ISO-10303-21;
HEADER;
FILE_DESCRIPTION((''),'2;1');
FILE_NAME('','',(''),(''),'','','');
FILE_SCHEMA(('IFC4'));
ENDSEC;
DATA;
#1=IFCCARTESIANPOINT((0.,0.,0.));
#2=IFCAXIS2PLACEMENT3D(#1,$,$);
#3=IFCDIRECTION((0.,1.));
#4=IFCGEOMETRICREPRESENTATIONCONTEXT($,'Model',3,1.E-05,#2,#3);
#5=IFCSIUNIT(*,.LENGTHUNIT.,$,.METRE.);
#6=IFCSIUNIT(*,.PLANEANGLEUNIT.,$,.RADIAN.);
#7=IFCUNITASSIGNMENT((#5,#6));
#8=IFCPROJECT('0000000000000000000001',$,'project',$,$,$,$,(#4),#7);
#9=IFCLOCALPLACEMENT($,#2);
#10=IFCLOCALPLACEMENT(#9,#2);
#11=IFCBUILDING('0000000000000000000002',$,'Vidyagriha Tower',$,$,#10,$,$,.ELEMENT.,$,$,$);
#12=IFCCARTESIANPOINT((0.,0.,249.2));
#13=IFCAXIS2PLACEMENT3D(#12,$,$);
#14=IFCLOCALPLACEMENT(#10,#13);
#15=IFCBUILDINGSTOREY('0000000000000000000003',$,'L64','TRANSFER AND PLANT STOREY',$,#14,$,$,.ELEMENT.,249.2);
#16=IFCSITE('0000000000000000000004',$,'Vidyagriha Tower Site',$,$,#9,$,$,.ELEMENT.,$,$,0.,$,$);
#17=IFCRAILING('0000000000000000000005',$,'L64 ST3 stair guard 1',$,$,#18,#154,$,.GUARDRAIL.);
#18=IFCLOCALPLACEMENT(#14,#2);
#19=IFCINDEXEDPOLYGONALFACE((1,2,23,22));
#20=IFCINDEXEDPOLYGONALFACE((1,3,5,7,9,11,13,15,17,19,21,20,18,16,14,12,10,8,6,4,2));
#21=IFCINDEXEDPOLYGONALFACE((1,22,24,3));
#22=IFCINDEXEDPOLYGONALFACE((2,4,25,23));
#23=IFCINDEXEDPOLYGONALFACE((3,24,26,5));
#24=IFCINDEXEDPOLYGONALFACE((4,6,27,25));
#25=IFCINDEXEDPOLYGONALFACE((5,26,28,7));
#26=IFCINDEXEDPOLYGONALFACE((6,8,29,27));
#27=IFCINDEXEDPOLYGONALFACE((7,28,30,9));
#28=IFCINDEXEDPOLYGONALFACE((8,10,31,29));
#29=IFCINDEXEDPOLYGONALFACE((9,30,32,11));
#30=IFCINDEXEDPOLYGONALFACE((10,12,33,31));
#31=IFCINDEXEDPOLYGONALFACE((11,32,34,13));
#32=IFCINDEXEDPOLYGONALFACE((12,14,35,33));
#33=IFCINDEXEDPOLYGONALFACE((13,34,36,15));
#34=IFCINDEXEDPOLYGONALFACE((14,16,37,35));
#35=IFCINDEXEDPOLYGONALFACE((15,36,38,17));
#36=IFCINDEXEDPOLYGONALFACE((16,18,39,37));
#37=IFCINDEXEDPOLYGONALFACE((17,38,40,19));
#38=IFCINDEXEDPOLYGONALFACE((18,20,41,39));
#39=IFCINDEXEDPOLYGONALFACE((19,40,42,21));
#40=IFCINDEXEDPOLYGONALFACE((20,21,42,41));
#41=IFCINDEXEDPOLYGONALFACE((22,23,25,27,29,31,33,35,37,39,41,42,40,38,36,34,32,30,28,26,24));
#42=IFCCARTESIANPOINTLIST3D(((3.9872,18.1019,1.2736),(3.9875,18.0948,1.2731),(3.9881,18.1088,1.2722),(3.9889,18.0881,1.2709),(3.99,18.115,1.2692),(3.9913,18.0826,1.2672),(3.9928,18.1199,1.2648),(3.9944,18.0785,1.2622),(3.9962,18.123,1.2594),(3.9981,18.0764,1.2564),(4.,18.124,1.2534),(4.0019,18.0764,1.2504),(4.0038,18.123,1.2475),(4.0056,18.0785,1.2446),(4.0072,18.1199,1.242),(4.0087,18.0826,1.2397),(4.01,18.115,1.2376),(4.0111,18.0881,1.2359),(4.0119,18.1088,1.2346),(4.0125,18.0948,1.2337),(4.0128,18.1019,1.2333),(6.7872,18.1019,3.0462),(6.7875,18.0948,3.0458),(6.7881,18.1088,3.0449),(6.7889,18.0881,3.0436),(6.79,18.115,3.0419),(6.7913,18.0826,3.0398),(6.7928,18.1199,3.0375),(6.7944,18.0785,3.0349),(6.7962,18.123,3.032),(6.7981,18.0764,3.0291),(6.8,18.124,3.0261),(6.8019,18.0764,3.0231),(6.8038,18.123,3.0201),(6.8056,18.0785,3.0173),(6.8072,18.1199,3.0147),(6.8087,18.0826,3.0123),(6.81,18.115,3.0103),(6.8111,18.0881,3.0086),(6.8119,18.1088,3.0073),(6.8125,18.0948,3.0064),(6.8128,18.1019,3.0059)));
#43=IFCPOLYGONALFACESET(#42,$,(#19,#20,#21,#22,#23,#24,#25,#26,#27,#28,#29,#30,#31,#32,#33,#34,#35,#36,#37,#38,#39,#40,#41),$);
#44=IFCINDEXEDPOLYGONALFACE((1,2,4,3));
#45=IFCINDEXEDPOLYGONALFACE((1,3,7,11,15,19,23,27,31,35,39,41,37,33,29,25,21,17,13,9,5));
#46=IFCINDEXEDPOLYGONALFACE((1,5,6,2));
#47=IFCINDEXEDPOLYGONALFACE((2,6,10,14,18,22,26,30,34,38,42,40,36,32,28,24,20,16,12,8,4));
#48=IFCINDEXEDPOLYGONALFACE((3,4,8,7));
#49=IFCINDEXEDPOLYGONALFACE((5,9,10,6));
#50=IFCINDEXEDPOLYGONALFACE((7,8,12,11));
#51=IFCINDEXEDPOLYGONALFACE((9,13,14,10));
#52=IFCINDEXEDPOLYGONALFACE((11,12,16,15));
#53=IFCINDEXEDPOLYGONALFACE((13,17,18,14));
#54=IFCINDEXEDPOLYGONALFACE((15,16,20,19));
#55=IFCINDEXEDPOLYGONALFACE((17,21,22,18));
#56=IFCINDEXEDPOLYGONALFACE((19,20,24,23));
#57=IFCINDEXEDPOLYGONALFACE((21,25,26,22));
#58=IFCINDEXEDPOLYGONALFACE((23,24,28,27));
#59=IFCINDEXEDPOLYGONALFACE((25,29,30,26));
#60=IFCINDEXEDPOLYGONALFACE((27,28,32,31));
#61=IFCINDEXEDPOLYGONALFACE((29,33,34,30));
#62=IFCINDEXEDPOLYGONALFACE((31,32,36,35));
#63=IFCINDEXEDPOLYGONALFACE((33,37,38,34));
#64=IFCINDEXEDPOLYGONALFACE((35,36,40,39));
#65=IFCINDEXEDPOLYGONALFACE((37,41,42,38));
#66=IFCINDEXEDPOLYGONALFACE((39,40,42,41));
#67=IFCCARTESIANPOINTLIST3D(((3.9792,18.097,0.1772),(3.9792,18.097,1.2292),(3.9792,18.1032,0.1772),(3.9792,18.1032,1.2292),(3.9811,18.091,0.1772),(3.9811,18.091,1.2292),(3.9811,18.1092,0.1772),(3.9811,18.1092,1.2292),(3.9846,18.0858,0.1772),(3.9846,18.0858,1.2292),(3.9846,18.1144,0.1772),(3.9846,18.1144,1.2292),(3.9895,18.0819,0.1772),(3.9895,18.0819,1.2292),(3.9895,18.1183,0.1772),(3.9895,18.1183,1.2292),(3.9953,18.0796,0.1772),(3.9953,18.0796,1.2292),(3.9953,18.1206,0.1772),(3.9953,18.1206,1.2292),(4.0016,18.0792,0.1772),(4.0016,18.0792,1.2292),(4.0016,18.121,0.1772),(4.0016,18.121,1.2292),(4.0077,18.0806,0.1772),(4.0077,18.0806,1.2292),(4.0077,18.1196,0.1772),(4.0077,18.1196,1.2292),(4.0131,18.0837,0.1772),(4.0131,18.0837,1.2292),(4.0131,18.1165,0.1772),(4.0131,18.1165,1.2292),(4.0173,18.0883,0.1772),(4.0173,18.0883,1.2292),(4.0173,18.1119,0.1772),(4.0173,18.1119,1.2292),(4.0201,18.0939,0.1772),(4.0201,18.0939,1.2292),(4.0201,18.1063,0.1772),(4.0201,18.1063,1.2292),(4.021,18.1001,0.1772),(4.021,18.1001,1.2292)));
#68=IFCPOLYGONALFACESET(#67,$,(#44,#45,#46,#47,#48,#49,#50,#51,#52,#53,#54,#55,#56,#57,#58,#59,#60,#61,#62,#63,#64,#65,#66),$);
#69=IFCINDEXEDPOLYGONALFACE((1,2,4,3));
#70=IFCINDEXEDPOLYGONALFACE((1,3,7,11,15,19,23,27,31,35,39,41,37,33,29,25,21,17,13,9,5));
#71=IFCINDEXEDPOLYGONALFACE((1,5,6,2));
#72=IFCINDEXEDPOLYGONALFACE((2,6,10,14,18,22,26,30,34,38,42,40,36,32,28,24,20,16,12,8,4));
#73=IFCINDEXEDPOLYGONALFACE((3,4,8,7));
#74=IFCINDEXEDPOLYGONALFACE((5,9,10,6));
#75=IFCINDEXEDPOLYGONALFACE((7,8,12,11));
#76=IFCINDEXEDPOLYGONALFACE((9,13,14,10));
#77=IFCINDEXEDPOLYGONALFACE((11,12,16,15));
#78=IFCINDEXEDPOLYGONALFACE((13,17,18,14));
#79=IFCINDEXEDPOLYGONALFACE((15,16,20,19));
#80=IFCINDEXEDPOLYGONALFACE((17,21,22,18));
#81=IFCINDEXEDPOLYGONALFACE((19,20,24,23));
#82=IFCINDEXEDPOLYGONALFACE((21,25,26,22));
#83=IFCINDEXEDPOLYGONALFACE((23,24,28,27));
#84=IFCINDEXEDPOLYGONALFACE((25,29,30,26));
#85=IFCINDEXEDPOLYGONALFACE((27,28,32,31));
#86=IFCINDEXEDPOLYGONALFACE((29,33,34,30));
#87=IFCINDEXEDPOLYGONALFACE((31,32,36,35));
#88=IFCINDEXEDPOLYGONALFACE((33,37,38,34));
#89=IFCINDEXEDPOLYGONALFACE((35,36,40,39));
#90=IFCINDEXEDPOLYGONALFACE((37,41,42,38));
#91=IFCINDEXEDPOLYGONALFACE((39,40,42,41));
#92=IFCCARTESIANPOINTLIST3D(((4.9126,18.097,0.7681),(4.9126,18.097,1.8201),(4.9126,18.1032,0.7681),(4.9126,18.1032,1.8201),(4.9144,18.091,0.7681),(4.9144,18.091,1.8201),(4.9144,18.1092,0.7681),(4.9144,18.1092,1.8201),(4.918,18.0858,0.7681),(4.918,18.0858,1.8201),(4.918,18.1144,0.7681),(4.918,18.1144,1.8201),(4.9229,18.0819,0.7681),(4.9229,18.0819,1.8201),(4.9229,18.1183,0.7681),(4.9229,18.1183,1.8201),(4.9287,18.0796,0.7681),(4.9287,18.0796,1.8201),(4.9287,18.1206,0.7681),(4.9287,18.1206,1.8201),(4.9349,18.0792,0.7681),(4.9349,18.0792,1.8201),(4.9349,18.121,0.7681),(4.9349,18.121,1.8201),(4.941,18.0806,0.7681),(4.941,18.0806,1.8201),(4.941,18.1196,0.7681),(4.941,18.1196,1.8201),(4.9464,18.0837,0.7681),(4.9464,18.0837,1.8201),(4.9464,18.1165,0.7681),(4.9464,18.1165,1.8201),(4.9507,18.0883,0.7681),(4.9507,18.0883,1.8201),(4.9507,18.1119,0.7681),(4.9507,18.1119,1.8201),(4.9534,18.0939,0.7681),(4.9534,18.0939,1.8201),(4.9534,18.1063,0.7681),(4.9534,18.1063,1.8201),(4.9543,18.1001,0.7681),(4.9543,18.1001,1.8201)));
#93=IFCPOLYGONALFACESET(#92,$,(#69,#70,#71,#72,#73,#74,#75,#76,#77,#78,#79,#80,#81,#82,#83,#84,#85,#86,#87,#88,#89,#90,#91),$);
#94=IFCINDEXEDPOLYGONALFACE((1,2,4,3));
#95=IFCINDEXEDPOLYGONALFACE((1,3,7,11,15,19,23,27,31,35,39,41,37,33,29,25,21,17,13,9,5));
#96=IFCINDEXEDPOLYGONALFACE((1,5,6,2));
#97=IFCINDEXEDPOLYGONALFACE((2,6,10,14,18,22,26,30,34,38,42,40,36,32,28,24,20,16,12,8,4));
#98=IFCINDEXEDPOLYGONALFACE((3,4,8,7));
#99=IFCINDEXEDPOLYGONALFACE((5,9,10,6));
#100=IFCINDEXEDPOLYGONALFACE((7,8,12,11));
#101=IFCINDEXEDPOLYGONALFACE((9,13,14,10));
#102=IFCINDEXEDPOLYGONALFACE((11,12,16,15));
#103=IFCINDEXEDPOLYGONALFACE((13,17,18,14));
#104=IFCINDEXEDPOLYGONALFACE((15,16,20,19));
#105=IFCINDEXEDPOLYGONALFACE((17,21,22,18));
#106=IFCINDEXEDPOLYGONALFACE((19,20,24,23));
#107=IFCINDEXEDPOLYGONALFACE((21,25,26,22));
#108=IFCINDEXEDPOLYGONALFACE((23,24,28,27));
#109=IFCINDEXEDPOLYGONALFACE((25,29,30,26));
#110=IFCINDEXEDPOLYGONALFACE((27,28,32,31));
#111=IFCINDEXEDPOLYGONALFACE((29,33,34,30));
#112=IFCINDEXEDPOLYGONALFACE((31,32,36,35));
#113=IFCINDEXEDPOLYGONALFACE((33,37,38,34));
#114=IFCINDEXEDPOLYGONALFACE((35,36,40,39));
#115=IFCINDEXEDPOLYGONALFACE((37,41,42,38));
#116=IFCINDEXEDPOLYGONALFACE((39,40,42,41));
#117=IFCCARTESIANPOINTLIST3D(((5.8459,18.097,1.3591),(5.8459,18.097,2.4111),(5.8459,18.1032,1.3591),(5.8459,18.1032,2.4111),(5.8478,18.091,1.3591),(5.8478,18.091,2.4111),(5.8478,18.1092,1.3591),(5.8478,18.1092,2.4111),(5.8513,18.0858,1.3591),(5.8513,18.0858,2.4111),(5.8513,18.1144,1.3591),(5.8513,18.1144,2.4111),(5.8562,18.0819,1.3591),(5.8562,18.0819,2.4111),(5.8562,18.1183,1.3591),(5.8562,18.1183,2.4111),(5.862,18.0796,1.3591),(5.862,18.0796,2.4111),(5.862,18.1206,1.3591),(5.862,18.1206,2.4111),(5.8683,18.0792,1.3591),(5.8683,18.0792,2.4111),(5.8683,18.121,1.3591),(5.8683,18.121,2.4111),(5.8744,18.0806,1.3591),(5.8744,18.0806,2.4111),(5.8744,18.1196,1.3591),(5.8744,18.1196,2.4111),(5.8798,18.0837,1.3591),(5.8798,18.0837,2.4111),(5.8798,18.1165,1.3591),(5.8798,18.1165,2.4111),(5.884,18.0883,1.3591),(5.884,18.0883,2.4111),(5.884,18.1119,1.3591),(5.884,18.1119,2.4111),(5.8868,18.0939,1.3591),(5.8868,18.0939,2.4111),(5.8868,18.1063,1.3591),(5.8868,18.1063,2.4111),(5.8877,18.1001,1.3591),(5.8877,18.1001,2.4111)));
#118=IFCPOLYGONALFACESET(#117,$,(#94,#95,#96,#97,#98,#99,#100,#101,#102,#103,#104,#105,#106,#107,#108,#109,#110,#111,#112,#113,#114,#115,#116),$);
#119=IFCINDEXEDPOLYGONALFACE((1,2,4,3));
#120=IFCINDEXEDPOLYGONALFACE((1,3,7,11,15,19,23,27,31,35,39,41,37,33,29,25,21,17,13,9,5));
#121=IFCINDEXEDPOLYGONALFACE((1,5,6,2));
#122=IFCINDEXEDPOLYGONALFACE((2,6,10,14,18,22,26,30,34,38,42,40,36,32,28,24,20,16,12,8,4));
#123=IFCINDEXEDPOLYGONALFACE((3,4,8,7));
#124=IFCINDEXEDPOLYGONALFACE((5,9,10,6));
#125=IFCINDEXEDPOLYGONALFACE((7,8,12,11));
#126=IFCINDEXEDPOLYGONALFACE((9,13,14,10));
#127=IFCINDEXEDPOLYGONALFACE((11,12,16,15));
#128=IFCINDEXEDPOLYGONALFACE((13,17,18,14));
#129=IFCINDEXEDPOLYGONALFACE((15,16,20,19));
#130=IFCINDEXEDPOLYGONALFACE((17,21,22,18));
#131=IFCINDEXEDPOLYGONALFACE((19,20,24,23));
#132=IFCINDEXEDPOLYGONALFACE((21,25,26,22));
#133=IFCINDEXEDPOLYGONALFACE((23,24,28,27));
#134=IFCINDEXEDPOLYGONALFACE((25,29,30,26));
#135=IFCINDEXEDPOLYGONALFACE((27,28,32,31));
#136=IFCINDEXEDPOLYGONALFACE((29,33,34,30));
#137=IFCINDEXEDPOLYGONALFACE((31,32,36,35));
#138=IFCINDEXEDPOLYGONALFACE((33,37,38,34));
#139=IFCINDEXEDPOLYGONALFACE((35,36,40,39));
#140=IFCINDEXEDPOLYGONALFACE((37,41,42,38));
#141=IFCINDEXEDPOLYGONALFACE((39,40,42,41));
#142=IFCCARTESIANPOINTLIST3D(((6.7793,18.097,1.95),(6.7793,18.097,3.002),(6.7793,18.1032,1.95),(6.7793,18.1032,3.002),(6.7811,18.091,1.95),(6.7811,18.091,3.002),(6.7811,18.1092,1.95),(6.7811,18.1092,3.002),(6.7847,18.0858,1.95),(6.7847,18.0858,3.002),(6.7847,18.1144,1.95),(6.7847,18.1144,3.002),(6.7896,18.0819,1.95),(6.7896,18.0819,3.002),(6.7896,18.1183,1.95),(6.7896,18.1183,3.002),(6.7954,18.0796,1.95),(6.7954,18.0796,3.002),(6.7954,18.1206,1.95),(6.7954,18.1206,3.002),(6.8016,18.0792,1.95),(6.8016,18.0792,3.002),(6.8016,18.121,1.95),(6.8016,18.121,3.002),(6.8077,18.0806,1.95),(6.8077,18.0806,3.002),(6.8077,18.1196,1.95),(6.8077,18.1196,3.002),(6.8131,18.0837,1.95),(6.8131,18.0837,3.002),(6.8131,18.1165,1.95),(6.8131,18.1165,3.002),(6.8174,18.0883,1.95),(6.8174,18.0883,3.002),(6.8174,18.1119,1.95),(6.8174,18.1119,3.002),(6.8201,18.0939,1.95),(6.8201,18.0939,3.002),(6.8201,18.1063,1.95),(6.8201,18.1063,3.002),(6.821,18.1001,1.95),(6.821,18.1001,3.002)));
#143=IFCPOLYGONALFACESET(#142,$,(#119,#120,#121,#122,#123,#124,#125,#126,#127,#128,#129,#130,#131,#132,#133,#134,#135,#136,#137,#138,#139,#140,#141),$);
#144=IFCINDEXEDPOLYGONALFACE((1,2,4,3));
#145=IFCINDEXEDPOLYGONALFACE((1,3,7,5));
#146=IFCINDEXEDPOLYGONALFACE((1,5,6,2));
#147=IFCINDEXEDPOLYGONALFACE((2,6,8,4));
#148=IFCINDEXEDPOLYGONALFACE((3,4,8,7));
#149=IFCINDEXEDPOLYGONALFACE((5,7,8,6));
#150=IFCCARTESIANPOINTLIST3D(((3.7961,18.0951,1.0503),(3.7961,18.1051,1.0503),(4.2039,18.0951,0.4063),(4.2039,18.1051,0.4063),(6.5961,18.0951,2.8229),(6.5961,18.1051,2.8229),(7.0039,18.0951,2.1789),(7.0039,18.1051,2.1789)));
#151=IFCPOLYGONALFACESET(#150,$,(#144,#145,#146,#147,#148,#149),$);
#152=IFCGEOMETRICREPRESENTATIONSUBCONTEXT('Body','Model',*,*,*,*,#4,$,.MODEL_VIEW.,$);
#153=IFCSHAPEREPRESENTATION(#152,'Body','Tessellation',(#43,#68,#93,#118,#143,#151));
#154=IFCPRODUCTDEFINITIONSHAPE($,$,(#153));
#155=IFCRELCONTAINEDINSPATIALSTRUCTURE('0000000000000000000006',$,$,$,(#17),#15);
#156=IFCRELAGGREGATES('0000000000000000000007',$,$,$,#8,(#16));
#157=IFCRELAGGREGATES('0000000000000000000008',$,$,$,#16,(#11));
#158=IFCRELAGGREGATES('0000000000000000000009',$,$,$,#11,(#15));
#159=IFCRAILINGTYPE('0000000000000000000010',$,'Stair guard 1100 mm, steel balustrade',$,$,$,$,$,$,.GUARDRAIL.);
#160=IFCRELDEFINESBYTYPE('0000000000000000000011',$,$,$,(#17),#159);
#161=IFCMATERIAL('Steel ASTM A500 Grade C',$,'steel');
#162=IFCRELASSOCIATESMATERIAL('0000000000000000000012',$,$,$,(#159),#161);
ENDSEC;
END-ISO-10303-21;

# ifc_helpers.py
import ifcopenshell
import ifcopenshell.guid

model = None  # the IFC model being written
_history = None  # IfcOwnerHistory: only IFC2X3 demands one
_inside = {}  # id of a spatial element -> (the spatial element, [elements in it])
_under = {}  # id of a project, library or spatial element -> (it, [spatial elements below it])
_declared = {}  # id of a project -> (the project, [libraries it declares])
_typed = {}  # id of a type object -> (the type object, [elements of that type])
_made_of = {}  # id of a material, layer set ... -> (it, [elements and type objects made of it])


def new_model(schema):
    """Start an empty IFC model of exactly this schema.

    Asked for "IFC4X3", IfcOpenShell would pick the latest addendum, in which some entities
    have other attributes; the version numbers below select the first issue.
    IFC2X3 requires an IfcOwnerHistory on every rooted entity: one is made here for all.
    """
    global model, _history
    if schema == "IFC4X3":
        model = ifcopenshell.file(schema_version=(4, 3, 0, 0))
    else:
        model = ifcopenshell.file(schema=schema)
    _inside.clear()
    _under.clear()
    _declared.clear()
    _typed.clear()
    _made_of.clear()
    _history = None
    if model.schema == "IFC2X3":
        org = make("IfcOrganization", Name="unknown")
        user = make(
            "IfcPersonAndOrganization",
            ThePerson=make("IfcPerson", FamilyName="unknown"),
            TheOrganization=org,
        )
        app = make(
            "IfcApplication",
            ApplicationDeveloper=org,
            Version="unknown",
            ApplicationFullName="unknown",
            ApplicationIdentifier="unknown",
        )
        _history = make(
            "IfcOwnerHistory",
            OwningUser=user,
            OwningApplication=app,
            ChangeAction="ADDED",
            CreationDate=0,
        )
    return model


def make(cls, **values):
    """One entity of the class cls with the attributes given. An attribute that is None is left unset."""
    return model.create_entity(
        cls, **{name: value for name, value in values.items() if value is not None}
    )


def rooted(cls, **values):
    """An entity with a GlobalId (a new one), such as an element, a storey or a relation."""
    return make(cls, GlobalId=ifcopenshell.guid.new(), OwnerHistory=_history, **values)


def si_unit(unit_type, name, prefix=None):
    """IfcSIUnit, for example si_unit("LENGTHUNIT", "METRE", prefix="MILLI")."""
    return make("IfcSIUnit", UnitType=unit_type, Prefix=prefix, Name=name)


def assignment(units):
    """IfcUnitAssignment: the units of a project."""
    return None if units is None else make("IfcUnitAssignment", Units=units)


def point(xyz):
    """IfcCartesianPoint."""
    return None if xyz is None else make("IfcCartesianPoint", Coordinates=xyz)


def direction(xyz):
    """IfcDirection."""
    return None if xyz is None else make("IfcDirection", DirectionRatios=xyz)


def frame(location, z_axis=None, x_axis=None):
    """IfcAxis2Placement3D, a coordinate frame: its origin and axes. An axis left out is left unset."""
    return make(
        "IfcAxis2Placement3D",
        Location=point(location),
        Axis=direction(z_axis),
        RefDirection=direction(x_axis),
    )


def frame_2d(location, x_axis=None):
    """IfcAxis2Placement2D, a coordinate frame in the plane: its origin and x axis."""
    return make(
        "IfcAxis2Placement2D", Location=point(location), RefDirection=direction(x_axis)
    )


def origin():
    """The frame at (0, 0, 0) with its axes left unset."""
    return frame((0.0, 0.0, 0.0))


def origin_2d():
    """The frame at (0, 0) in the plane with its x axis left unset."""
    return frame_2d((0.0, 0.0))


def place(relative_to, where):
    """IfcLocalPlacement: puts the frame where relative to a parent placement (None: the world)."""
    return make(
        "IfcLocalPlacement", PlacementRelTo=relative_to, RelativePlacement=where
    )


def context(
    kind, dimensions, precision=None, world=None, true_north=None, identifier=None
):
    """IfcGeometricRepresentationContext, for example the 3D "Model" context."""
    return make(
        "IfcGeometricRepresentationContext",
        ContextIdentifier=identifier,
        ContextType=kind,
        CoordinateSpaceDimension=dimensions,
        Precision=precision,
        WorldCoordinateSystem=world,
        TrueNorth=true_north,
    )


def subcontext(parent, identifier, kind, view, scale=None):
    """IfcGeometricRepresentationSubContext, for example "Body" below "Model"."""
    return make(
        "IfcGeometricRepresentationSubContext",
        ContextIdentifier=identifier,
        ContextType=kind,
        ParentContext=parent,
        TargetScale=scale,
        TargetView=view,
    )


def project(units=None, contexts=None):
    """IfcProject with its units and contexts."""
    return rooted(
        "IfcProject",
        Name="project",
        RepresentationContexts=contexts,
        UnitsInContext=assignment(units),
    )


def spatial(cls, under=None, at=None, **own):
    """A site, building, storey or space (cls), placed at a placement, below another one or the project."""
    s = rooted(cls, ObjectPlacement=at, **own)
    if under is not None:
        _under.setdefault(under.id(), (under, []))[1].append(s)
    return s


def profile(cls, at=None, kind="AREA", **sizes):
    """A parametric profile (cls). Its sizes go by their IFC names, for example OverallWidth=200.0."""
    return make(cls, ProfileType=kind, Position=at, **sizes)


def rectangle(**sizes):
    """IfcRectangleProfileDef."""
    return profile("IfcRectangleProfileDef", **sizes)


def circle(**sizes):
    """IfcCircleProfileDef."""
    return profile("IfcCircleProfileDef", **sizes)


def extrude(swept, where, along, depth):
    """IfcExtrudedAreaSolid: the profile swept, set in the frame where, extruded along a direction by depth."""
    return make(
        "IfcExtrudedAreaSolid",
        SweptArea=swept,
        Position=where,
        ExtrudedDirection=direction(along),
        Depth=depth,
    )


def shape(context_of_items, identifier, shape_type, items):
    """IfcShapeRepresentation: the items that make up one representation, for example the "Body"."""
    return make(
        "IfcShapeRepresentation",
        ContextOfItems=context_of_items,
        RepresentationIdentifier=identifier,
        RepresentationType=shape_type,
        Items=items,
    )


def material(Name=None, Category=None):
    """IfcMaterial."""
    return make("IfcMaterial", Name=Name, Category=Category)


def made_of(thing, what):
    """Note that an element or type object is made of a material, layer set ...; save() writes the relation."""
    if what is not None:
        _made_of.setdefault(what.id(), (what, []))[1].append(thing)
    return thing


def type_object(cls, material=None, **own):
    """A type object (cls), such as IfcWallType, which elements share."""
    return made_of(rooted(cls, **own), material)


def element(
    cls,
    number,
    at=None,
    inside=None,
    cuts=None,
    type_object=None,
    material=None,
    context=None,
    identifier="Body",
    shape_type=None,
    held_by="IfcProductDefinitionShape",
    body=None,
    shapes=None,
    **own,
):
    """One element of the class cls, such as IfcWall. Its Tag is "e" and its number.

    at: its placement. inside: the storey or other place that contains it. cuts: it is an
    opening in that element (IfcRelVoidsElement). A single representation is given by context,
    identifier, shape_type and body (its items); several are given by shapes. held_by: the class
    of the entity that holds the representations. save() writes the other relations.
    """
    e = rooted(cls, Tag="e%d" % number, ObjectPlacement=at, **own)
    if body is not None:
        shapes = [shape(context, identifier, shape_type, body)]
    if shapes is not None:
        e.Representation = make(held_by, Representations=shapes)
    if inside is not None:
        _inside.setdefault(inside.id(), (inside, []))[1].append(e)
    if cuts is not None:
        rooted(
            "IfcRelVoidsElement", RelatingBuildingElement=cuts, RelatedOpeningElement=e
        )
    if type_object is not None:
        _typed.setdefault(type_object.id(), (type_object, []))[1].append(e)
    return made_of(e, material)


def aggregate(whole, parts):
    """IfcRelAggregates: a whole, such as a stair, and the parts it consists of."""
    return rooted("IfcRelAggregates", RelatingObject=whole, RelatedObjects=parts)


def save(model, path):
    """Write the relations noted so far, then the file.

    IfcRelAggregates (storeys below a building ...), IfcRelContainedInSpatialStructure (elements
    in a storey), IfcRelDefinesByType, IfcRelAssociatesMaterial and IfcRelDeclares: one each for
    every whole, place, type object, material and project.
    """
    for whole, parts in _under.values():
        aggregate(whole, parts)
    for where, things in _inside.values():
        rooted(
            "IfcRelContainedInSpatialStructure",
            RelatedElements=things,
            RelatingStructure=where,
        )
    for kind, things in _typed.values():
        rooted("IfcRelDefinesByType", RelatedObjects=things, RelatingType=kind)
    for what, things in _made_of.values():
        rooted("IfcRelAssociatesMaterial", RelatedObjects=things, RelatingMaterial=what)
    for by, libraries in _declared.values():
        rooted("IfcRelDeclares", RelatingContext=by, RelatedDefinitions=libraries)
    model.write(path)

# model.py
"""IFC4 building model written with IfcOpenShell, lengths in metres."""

from ifc_helpers import new_model, si_unit, direction, frame, origin, origin_2d, place, context, subcontext, project, spatial, rectangle, circle, extrude, material, type_object, element, save


model = new_model("IFC4")

# Units and contexts
model_context = context("Model", 3, precision=1e-05, world=origin(), true_north=direction((0.0, 1.0)))
body_context = subcontext(model_context, "Body", "Model", "MODEL_VIEW")
ifc_project = project(units=[si_unit("LENGTHUNIT", "METRE"), si_unit("PLANEANGLEUNIT", "RADIAN")], contexts=[model_context])

# Site, building, storey
site_placement = place(None, origin())
site = spatial("IfcSite", under=ifc_project, at=site_placement, Name="Vidyagriha Tower Site", CompositionType="ELEMENT", RefElevation=0.0)
building_placement = place(site_placement, origin())
building = spatial("IfcBuilding", under=site, at=building_placement, Name="Vidyagriha Tower", CompositionType="ELEMENT")
storey_placement = place(building_placement, frame((0.0, 0.0, 249.2)))
storey = spatial("IfcBuildingStorey", under=building, at=storey_placement, Name="L64", Description="TRANSFER AND PLANT STOREY", CompositionType="ELEMENT", Elevation=249.2)

# Railing
ifc_material_1 = material(Name="Steel ASTM A500 Grade C", Category="steel")
railing_type_1 = type_object("IfcRailingType", Name="Stair guard 1100 mm, steel balustrade", PredefinedType="GUARDRAIL", material=ifc_material_1)
railing_1_placement = place(storey_placement, frame((4.0, 18.1001, 0.1772)))
element("IfcRailing", 1, at=railing_1_placement, inside=storey, type_object=railing_type_1, Name="L64 ST3 stair guard 1", PredefinedType="GUARDRAIL", context=body_context, shape_type="SweptSolid", body=[
    extrude(circle(Radius=0.0239, at=origin_2d()), frame((0.0, 0.0, 1.0762), z_axis=(0.844909, 0.0, 0.53491), x_axis=(0.0, 1.0, 0.0)), (0.0, 0.0, 1.0), 3.314),
    extrude(circle(Radius=0.021, at=origin_2d()), origin(), (0.0, 0.0, 1.0), 1.052),
    extrude(circle(Radius=0.021, at=origin_2d()), frame((0.9333, 0.0, 0.5908)), (0.0, 0.0, 1.0), 1.052),
    extrude(circle(Radius=0.021, at=origin_2d()), frame((1.8667, 0.0, 1.1819)), (0.0, 0.0, 1.0), 1.052),
    extrude(circle(Radius=0.021, at=origin_2d()), frame((2.8, 0.0, 1.7727)), (0.0, 0.0, 1.0), 1.052),
    extrude(rectangle(XDim=0.01, YDim=0.7622, at=origin_2d()), frame((0.0, 0.0, 0.551), z_axis=(0.844909, 0.0, 0.53491), x_axis=(0.0, 1.0, 0.0)), (0.0, 0.0, 1.0), 3.314),
])

save(model, "model.ifc")
